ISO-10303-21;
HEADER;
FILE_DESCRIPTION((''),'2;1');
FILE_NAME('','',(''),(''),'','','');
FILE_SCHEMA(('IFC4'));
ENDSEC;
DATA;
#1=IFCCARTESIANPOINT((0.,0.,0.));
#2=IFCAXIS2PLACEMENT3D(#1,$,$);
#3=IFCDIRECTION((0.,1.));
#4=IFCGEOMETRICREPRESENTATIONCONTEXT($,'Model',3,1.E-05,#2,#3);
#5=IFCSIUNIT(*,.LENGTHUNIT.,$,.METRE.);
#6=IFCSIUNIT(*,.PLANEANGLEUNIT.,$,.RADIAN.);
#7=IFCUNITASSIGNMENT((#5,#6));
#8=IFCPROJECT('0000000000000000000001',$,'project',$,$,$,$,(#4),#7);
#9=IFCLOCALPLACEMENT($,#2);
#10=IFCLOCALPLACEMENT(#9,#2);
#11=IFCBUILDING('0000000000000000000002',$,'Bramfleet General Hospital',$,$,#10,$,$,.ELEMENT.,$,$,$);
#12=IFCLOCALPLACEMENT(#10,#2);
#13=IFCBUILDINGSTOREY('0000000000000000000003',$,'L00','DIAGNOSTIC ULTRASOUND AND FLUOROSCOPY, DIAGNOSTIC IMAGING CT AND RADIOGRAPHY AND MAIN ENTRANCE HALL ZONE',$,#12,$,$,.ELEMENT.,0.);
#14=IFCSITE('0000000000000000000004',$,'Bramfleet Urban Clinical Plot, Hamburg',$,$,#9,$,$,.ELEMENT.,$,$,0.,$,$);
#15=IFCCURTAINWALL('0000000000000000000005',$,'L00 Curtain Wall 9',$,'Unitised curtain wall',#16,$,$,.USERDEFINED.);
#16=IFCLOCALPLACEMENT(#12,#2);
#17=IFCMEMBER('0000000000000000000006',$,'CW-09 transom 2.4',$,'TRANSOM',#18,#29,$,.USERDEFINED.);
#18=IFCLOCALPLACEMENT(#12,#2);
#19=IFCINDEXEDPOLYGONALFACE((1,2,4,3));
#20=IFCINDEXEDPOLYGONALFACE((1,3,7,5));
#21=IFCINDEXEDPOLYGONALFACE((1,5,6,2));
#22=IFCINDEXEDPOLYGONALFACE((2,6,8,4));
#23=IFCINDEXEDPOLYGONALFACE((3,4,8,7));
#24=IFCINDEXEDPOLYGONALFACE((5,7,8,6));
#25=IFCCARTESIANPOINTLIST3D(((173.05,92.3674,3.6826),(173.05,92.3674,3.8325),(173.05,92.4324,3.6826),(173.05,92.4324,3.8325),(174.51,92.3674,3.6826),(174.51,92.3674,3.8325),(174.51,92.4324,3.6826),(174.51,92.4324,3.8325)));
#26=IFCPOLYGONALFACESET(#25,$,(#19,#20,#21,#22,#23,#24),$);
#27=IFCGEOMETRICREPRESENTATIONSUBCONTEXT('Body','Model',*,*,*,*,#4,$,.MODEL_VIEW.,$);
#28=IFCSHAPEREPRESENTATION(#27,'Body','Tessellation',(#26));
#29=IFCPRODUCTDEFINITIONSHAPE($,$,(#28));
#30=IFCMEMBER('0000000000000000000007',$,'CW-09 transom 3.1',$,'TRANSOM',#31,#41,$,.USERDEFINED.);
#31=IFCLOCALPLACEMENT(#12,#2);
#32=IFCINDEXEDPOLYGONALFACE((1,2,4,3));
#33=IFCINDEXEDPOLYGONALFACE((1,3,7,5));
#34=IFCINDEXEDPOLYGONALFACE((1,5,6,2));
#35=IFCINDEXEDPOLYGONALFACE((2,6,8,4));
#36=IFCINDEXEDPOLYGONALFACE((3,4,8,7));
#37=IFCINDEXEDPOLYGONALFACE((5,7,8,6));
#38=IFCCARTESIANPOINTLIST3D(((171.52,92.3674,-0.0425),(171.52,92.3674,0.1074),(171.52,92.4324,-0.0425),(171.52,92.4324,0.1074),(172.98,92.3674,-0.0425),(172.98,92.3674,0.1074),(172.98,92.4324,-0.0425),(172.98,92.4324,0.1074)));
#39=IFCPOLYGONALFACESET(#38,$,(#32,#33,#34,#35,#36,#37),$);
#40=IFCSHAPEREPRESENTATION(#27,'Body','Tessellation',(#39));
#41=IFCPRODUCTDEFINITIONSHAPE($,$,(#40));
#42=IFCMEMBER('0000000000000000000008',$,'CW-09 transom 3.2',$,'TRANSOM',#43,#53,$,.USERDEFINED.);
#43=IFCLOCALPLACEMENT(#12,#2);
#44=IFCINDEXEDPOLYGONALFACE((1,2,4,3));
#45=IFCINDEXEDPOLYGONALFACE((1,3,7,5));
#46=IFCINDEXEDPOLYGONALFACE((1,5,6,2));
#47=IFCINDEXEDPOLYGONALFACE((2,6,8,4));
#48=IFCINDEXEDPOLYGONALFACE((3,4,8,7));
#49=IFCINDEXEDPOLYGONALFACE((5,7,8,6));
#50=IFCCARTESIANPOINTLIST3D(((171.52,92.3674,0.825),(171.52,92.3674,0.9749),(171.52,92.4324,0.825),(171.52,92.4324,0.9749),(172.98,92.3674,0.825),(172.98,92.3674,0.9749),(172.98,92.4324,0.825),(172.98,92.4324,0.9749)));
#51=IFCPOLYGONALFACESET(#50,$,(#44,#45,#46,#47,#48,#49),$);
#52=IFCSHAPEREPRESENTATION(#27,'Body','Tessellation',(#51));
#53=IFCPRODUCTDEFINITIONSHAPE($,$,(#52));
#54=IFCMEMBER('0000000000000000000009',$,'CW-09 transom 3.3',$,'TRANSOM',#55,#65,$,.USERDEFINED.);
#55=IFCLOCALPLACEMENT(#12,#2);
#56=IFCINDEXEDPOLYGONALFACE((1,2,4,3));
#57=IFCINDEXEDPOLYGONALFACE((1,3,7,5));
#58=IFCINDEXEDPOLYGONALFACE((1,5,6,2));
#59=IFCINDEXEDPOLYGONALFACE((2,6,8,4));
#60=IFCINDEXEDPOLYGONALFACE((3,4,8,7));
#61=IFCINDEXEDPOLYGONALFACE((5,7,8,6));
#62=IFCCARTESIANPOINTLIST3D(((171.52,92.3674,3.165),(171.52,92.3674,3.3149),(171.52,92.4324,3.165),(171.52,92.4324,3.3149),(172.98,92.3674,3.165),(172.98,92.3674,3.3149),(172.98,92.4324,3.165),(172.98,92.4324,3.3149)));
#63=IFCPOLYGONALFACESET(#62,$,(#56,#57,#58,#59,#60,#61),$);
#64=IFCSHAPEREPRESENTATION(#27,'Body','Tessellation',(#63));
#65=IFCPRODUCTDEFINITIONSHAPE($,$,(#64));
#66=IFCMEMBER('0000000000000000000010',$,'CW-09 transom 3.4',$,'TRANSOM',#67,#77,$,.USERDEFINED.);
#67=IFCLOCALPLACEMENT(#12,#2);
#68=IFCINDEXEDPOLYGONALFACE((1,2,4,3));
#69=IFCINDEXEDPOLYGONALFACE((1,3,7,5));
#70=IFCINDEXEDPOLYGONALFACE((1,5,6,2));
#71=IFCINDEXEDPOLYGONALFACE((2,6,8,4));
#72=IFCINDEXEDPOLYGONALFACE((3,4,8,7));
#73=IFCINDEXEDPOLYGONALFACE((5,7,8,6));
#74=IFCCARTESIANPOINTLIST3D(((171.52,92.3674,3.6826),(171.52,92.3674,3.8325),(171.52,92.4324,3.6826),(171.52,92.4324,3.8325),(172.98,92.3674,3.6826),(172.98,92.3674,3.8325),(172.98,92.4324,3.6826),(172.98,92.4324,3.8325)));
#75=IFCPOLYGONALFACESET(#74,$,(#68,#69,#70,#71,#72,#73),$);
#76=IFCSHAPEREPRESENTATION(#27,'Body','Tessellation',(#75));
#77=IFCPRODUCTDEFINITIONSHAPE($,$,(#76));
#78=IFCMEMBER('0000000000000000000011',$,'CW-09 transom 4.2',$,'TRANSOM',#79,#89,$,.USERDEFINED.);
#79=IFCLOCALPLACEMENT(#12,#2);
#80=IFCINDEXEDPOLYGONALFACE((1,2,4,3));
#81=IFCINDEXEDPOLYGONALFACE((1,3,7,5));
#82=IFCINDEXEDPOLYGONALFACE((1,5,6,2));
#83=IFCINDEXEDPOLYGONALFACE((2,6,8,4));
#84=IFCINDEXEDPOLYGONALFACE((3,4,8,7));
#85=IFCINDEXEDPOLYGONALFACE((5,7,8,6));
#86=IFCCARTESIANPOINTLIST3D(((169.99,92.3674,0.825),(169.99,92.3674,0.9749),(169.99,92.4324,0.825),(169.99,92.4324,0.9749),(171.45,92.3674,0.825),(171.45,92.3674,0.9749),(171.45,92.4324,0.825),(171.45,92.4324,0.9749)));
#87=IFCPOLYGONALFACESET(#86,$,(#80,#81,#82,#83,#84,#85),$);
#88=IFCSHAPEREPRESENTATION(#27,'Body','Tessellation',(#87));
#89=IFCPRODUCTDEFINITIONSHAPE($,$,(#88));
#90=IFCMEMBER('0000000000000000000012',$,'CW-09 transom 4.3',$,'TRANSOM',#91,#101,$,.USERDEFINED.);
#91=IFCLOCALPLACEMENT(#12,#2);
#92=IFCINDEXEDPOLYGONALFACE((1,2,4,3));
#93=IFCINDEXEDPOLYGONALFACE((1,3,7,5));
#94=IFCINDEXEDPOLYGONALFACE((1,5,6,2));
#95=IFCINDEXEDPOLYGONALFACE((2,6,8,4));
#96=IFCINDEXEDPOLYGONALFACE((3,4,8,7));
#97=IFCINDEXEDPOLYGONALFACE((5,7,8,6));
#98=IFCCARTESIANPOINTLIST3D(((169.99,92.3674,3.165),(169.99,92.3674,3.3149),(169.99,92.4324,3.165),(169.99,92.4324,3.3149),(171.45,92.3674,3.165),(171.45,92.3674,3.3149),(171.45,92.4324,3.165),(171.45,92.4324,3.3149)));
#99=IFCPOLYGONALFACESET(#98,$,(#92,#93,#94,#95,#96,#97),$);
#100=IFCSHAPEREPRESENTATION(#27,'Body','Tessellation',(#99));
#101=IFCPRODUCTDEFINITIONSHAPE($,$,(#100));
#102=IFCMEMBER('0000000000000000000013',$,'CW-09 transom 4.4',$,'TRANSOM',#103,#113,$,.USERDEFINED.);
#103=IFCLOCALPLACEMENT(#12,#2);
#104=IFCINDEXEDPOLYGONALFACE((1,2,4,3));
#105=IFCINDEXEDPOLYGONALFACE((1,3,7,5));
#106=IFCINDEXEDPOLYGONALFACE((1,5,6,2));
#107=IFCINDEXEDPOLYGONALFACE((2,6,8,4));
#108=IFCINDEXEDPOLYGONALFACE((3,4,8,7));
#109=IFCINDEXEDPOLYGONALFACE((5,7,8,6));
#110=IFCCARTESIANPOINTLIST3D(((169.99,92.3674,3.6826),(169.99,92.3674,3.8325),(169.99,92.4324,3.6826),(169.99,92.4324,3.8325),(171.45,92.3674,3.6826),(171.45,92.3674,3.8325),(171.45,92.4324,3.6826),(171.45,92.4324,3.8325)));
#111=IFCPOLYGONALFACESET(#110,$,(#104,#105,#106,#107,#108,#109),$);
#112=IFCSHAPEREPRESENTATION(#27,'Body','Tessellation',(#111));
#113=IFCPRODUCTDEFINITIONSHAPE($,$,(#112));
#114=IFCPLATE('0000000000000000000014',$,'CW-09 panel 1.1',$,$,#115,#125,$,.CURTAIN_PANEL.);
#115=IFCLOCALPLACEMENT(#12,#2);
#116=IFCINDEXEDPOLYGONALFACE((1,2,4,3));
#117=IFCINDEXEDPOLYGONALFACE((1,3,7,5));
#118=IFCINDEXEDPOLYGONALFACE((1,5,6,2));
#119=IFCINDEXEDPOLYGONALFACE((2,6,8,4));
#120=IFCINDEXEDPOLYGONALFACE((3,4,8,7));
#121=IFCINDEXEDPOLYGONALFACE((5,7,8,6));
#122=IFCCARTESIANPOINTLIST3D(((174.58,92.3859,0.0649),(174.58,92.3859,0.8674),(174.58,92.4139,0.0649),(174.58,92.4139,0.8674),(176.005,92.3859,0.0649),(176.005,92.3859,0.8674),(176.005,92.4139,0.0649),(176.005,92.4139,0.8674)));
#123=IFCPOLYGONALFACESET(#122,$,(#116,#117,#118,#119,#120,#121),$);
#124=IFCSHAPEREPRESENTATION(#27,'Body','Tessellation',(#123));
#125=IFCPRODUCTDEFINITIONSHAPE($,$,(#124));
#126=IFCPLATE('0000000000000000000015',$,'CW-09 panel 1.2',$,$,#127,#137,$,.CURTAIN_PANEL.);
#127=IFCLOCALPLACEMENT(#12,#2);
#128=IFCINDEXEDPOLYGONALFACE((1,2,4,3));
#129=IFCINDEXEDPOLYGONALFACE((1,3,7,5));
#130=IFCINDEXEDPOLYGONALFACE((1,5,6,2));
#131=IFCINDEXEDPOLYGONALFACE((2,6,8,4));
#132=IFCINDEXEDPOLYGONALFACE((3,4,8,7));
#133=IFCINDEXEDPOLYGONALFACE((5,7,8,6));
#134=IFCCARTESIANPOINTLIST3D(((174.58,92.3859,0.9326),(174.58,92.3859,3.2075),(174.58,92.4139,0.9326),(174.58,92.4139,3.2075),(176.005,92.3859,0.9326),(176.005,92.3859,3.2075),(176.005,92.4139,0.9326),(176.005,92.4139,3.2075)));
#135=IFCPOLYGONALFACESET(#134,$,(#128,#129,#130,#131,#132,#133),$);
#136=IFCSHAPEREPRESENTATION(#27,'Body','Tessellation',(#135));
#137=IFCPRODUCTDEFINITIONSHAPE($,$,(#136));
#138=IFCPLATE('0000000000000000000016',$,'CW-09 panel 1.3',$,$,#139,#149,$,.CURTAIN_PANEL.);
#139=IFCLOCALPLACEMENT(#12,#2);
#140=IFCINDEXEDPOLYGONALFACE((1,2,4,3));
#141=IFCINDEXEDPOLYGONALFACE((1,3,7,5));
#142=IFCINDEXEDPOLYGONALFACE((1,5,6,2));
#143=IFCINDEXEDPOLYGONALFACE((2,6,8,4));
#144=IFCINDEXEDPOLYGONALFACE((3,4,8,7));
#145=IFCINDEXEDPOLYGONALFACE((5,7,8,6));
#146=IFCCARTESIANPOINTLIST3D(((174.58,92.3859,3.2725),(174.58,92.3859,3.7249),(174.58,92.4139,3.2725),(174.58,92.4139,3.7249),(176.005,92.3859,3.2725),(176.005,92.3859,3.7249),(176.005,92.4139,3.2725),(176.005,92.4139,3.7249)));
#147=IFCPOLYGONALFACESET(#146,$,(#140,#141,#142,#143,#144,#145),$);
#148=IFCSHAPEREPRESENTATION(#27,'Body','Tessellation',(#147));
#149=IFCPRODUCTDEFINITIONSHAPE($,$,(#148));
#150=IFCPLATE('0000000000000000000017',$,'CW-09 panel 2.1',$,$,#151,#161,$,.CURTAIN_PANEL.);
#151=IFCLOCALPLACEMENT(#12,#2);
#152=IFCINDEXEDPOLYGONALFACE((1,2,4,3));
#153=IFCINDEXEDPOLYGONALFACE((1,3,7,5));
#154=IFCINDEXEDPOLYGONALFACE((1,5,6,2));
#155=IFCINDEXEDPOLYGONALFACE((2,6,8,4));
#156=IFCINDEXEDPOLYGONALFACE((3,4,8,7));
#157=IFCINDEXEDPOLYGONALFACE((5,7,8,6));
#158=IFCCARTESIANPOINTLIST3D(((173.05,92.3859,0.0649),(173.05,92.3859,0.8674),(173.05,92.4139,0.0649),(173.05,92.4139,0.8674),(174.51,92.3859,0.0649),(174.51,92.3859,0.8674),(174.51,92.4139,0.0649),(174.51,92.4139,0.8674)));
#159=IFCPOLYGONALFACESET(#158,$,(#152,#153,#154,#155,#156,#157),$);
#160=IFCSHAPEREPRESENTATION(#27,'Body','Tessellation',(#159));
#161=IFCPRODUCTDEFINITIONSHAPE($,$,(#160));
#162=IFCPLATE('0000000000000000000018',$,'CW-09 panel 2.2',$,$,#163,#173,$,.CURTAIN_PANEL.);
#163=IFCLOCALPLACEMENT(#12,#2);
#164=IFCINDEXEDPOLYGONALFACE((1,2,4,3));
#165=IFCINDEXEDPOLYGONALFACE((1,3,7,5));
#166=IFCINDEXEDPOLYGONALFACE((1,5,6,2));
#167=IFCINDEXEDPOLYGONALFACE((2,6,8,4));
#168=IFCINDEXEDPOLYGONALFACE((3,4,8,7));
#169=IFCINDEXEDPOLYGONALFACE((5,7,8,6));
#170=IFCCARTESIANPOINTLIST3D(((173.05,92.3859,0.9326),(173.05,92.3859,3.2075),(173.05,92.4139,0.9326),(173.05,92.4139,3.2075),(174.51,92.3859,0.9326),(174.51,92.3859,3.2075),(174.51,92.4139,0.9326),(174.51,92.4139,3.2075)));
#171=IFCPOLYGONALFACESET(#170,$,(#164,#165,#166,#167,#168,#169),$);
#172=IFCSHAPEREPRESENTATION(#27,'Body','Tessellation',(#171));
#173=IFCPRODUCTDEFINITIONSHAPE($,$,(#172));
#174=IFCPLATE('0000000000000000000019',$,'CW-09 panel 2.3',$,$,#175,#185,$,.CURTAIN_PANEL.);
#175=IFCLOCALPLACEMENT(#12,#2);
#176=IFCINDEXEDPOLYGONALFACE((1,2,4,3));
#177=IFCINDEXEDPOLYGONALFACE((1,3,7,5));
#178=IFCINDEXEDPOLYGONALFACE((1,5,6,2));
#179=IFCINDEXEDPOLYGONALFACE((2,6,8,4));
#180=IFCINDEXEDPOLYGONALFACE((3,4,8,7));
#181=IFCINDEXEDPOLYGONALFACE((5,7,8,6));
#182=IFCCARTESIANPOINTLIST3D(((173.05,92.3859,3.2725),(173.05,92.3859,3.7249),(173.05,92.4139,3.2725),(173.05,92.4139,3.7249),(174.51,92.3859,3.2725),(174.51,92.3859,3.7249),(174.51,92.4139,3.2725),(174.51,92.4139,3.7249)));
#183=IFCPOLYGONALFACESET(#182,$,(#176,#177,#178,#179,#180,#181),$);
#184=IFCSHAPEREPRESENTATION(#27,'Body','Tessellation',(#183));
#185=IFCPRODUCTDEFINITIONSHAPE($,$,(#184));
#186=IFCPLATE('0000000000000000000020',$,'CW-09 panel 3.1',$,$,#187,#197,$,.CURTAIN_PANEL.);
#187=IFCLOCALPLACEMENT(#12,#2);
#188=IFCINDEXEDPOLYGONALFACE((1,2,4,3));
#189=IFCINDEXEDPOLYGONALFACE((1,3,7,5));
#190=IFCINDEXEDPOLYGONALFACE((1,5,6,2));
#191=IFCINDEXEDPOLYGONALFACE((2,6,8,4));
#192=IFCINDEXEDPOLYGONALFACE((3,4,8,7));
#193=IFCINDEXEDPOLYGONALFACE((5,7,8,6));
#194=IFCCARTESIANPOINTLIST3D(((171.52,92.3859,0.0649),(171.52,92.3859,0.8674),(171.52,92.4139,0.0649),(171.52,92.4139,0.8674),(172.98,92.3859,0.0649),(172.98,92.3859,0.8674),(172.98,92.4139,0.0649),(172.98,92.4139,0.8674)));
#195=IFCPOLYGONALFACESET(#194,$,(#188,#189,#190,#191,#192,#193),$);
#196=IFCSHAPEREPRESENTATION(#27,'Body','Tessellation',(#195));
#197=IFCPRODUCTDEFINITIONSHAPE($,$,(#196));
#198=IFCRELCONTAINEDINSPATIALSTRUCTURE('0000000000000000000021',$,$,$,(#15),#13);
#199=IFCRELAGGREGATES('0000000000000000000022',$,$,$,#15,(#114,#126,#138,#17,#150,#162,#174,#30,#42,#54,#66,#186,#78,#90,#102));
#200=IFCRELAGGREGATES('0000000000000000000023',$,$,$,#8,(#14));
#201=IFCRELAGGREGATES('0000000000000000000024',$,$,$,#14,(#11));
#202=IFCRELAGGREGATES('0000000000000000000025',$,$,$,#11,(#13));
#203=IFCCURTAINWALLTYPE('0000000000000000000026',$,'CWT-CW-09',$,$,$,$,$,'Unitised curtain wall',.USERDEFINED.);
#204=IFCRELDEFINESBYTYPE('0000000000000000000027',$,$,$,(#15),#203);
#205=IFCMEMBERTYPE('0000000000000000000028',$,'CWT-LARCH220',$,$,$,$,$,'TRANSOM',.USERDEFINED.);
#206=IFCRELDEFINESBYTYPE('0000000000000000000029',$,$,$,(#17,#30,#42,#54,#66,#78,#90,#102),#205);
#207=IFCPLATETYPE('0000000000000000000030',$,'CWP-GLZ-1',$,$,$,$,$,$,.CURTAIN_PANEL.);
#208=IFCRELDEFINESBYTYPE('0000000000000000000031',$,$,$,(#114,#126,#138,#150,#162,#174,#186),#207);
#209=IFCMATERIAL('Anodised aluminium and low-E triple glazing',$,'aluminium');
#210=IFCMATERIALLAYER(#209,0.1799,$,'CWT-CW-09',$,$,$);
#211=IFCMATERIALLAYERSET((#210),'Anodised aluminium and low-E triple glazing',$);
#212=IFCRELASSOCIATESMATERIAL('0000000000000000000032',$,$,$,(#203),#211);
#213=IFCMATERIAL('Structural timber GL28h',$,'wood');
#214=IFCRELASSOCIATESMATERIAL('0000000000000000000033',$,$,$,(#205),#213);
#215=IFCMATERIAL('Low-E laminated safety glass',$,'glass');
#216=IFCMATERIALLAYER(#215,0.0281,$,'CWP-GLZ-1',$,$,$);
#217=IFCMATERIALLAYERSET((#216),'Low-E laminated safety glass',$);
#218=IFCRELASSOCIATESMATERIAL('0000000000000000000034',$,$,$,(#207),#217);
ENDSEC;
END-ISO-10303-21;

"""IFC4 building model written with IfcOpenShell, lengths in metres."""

from ifc_helpers import new_model, si_unit, direction, frame, origin, origin_2d, place, context, subcontext, project, spatial, rectangle, extrude, material, layer, layer_set, material_profile, profile_set, type_object, element, aggregate, save


model = new_model("IFC4")

# Units and contexts
model_context = context("Model", 3, precision=1e-05, world=origin(), true_north=direction((0.0, 1.0)))
body_context = subcontext(model_context, "Body", "Model", "MODEL_VIEW")
ifc_project = project(units=[si_unit("LENGTHUNIT", "METRE"), si_unit("PLANEANGLEUNIT", "RADIAN")], contexts=[model_context])

# Site, building, storey
site_placement = place(None, origin())
site = spatial("IfcSite", under=ifc_project, at=site_placement, Name="Bramfleet Urban Clinical Plot, Hamburg", CompositionType="ELEMENT", RefElevation=0.0)
building_placement = place(site_placement, origin())
building = spatial("IfcBuilding", under=site, at=building_placement, Name="Bramfleet General Hospital", CompositionType="ELEMENT")
storey_placement = place(building_placement, origin())
storey = spatial("IfcBuildingStorey", under=building, at=storey_placement, Name="L00", Description="DIAGNOSTIC ULTRASOUND AND FLUOROSCOPY, DIAGNOSTIC IMAGING CT AND RADIOGRAPHY AND MAIN ENTRANCE HALL ZONE", CompositionType="ELEMENT", Elevation=0.0)

# Curtain wall, members, plates
ifc_material_1 = material(Name="Anodised aluminium and low-E triple glazing", Category="aluminium")
ifc_layer_1 = layer(ifc_material_1, 0.1799, Name="CWT-CW-09")
ifc_layer_set_1 = layer_set([ifc_layer_1], Name="Anodised aluminium and low-E triple glazing")
curtain_wall_type = type_object("IfcCurtainWallType", Name="CWT-CW-09", ElementType="Unitised curtain wall", PredefinedType="USERDEFINED", material=ifc_layer_set_1)
curtain_wall_placement = place(storey_placement, origin())
curtain_wall = element("IfcCurtainWall", 1, at=curtain_wall_placement, inside=storey, type_object=curtain_wall_type, Name="L00 Curtain Wall 9", ObjectType="Unitised curtain wall", PredefinedType="USERDEFINED")
ifc_material_2 = material(Name="Structural timber GL28h", Category="wood")
ifc_material_profile_1 = material_profile(ifc_material_2, rectangle(XDim=0.0649, YDim=0.1499, at=origin_2d()), Name="LARCH 150x65")
ifc_profile_set_1 = profile_set([ifc_material_profile_1], Name="Structural timber GL28h")
member_type_1 = type_object("IfcMemberType", Name="CWT-LARCH220", ElementType="TRANSOM", PredefinedType="USERDEFINED", material=ifc_profile_set_1)
member_1_placement = place(storey_placement, frame((174.51, 92.3999, 3.7576), z_axis=(-1.0, 0.0, 0.0), x_axis=(0.0, -1.0, 0.0)))
member_1 = element("IfcMember", 2, at=member_1_placement, type_object=member_type_1, Name="CW-09 transom 2.4", ObjectType="TRANSOM", PredefinedType="USERDEFINED", context=body_context, shape_type="SweptSolid", body=[
    extrude(rectangle(XDim=0.0649, YDim=0.1499, at=origin_2d()), origin(), (0.0, 0.0, 1.0), 1.46),
])
member_2_placement = place(storey_placement, frame((172.98, 92.3999, 0.0325), z_axis=(-1.0, 0.0, 0.0), x_axis=(0.0, -1.0, 0.0)))
member_2 = element("IfcMember", 3, at=member_2_placement, type_object=member_type_1, Name="CW-09 transom 3.1", ObjectType="TRANSOM", PredefinedType="USERDEFINED", context=body_context, shape_type="SweptSolid", body=[
    extrude(rectangle(XDim=0.0649, YDim=0.1499, at=origin_2d()), origin(), (0.0, 0.0, 1.0), 1.46),
])
member_3_placement = place(storey_placement, frame((172.98, 92.3999, 0.8999), z_axis=(-1.0, 0.0, 0.0), x_axis=(0.0, -1.0, 0.0)))
member_3 = element("IfcMember", 4, at=member_3_placement, type_object=member_type_1, Name="CW-09 transom 3.2", ObjectType="TRANSOM", PredefinedType="USERDEFINED", context=body_context, shape_type="SweptSolid", body=[
    extrude(rectangle(XDim=0.0649, YDim=0.1499, at=origin_2d()), origin(), (0.0, 0.0, 1.0), 1.46),
])
member_4_placement = place(storey_placement, frame((172.98, 92.3999, 3.24), z_axis=(-1.0, 0.0, 0.0), x_axis=(0.0, -1.0, 0.0)))
member_4 = element("IfcMember", 5, at=member_4_placement, type_object=member_type_1, Name="CW-09 transom 3.3", ObjectType="TRANSOM", PredefinedType="USERDEFINED", context=body_context, shape_type="SweptSolid", body=[
    extrude(rectangle(XDim=0.0649, YDim=0.1499, at=origin_2d()), origin(), (0.0, 0.0, 1.0), 1.46),
])
member_5_placement = place(storey_placement, frame((172.98, 92.3999, 3.7576), z_axis=(-1.0, 0.0, 0.0), x_axis=(0.0, -1.0, 0.0)))
member_5 = element("IfcMember", 6, at=member_5_placement, type_object=member_type_1, Name="CW-09 transom 3.4", ObjectType="TRANSOM", PredefinedType="USERDEFINED", context=body_context, shape_type="SweptSolid", body=[
    extrude(rectangle(XDim=0.0649, YDim=0.1499, at=origin_2d()), origin(), (0.0, 0.0, 1.0), 1.46),
])
member_6_placement = place(storey_placement, frame((171.45, 92.3999, 0.8999), z_axis=(-1.0, 0.0, 0.0), x_axis=(0.0, -1.0, 0.0)))
member_6 = element("IfcMember", 7, at=member_6_placement, type_object=member_type_1, Name="CW-09 transom 4.2", ObjectType="TRANSOM", PredefinedType="USERDEFINED", context=body_context, shape_type="SweptSolid", body=[
    extrude(rectangle(XDim=0.0649, YDim=0.1499, at=origin_2d()), origin(), (0.0, 0.0, 1.0), 1.46),
])
member_7_placement = place(storey_placement, frame((171.45, 92.3999, 3.24), z_axis=(-1.0, 0.0, 0.0), x_axis=(0.0, -1.0, 0.0)))
member_7 = element("IfcMember", 8, at=member_7_placement, type_object=member_type_1, Name="CW-09 transom 4.3", ObjectType="TRANSOM", PredefinedType="USERDEFINED", context=body_context, shape_type="SweptSolid", body=[
    extrude(rectangle(XDim=0.0649, YDim=0.1499, at=origin_2d()), origin(), (0.0, 0.0, 1.0), 1.46),
])
member_8_placement = place(storey_placement, frame((171.45, 92.3999, 3.7576), z_axis=(-1.0, 0.0, 0.0), x_axis=(0.0, -1.0, 0.0)))
member_8 = element("IfcMember", 9, at=member_8_placement, type_object=member_type_1, Name="CW-09 transom 4.4", ObjectType="TRANSOM", PredefinedType="USERDEFINED", context=body_context, shape_type="SweptSolid", body=[
    extrude(rectangle(XDim=0.0649, YDim=0.1499, at=origin_2d()), origin(), (0.0, 0.0, 1.0), 1.46),
])
ifc_material_3 = material(Name="Low-E laminated safety glass", Category="glass")
ifc_layer_2 = layer(ifc_material_3, 0.0281, Name="CWP-GLZ-1")
ifc_layer_set_2 = layer_set([ifc_layer_2], Name="Low-E laminated safety glass")
plate_type = type_object("IfcPlateType", Name="CWP-GLZ-1", PredefinedType="CURTAIN_PANEL", material=ifc_layer_set_2)
plate_1_placement = place(storey_placement, frame((175.2925, 92.3999, 0.0649), z_axis=(0.0, 0.0, 1.0), x_axis=(-1.0, 0.0, 0.0)))
plate_1 = element("IfcPlate", 10, at=plate_1_placement, type_object=plate_type, Name="CW-09 panel 1.1", PredefinedType="CURTAIN_PANEL", context=body_context, shape_type="SweptSolid", body=[
    extrude(rectangle(XDim=1.425, YDim=0.0281, at=origin_2d()), origin(), (0.0, 0.0, 1.0), 0.8025),
])
plate_2_placement = place(storey_placement, frame((175.2925, 92.3999, 0.9326), z_axis=(0.0, 0.0, 1.0), x_axis=(-1.0, 0.0, 0.0)))
plate_2 = element("IfcPlate", 11, at=plate_2_placement, type_object=plate_type, Name="CW-09 panel 1.2", PredefinedType="CURTAIN_PANEL", context=body_context, shape_type="SweptSolid", body=[
    extrude(rectangle(XDim=1.425, YDim=0.0281, at=origin_2d()), origin(), (0.0, 0.0, 1.0), 2.2749),
])
plate_3_placement = place(storey_placement, frame((175.2925, 92.3999, 3.2725), z_axis=(0.0, 0.0, 1.0), x_axis=(-1.0, 0.0, 0.0)))
plate_3 = element("IfcPlate", 12, at=plate_3_placement, type_object=plate_type, Name="CW-09 panel 1.3", PredefinedType="CURTAIN_PANEL", context=body_context, shape_type="SweptSolid", body=[
    extrude(rectangle(XDim=1.425, YDim=0.0281, at=origin_2d()), origin(), (0.0, 0.0, 1.0), 0.4524),
])
plate_4_placement = place(storey_placement, frame((173.78, 92.3999, 0.0649), z_axis=(0.0, 0.0, 1.0), x_axis=(-1.0, 0.0, 0.0)))
plate_4 = element("IfcPlate", 13, at=plate_4_placement, type_object=plate_type, Name="CW-09 panel 2.1", PredefinedType="CURTAIN_PANEL", context=body_context, shape_type="SweptSolid", body=[
    extrude(rectangle(XDim=1.46, YDim=0.0281, at=origin_2d()), origin(), (0.0, 0.0, 1.0), 0.8025),
])
plate_5_placement = place(storey_placement, frame((173.78, 92.3999, 0.9326), z_axis=(0.0, 0.0, 1.0), x_axis=(-1.0, 0.0, 0.0)))
plate_5 = element("IfcPlate", 14, at=plate_5_placement, type_object=plate_type, Name="CW-09 panel 2.2", PredefinedType="CURTAIN_PANEL", context=body_context, shape_type="SweptSolid", body=[
    extrude(rectangle(XDim=1.46, YDim=0.0281, at=origin_2d()), origin(), (0.0, 0.0, 1.0), 2.2749),
])
plate_6_placement = place(storey_placement, frame((173.78, 92.3999, 3.2725), z_axis=(0.0, 0.0, 1.0), x_axis=(-1.0, 0.0, 0.0)))
plate_6 = element("IfcPlate", 15, at=plate_6_placement, type_object=plate_type, Name="CW-09 panel 2.3", PredefinedType="CURTAIN_PANEL", context=body_context, shape_type="SweptSolid", body=[
    extrude(rectangle(XDim=1.46, YDim=0.0281, at=origin_2d()), origin(), (0.0, 0.0, 1.0), 0.4524),
])
plate_7_placement = place(storey_placement, frame((172.25, 92.3999, 0.0649), z_axis=(0.0, 0.0, 1.0), x_axis=(-1.0, 0.0, 0.0)))
plate_7 = element("IfcPlate", 16, at=plate_7_placement, type_object=plate_type, Name="CW-09 panel 3.1", PredefinedType="CURTAIN_PANEL", context=body_context, shape_type="SweptSolid", body=[
    extrude(rectangle(XDim=1.46, YDim=0.0281, at=origin_2d()), origin(), (0.0, 0.0, 1.0), 0.8025),
])
aggregate(curtain_wall, [plate_1, plate_2, plate_3, member_1, plate_4, plate_5, plate_6, member_2, member_3, member_4, member_5, plate_7, member_6, member_7, member_8])

save(model, "model.ifc")
